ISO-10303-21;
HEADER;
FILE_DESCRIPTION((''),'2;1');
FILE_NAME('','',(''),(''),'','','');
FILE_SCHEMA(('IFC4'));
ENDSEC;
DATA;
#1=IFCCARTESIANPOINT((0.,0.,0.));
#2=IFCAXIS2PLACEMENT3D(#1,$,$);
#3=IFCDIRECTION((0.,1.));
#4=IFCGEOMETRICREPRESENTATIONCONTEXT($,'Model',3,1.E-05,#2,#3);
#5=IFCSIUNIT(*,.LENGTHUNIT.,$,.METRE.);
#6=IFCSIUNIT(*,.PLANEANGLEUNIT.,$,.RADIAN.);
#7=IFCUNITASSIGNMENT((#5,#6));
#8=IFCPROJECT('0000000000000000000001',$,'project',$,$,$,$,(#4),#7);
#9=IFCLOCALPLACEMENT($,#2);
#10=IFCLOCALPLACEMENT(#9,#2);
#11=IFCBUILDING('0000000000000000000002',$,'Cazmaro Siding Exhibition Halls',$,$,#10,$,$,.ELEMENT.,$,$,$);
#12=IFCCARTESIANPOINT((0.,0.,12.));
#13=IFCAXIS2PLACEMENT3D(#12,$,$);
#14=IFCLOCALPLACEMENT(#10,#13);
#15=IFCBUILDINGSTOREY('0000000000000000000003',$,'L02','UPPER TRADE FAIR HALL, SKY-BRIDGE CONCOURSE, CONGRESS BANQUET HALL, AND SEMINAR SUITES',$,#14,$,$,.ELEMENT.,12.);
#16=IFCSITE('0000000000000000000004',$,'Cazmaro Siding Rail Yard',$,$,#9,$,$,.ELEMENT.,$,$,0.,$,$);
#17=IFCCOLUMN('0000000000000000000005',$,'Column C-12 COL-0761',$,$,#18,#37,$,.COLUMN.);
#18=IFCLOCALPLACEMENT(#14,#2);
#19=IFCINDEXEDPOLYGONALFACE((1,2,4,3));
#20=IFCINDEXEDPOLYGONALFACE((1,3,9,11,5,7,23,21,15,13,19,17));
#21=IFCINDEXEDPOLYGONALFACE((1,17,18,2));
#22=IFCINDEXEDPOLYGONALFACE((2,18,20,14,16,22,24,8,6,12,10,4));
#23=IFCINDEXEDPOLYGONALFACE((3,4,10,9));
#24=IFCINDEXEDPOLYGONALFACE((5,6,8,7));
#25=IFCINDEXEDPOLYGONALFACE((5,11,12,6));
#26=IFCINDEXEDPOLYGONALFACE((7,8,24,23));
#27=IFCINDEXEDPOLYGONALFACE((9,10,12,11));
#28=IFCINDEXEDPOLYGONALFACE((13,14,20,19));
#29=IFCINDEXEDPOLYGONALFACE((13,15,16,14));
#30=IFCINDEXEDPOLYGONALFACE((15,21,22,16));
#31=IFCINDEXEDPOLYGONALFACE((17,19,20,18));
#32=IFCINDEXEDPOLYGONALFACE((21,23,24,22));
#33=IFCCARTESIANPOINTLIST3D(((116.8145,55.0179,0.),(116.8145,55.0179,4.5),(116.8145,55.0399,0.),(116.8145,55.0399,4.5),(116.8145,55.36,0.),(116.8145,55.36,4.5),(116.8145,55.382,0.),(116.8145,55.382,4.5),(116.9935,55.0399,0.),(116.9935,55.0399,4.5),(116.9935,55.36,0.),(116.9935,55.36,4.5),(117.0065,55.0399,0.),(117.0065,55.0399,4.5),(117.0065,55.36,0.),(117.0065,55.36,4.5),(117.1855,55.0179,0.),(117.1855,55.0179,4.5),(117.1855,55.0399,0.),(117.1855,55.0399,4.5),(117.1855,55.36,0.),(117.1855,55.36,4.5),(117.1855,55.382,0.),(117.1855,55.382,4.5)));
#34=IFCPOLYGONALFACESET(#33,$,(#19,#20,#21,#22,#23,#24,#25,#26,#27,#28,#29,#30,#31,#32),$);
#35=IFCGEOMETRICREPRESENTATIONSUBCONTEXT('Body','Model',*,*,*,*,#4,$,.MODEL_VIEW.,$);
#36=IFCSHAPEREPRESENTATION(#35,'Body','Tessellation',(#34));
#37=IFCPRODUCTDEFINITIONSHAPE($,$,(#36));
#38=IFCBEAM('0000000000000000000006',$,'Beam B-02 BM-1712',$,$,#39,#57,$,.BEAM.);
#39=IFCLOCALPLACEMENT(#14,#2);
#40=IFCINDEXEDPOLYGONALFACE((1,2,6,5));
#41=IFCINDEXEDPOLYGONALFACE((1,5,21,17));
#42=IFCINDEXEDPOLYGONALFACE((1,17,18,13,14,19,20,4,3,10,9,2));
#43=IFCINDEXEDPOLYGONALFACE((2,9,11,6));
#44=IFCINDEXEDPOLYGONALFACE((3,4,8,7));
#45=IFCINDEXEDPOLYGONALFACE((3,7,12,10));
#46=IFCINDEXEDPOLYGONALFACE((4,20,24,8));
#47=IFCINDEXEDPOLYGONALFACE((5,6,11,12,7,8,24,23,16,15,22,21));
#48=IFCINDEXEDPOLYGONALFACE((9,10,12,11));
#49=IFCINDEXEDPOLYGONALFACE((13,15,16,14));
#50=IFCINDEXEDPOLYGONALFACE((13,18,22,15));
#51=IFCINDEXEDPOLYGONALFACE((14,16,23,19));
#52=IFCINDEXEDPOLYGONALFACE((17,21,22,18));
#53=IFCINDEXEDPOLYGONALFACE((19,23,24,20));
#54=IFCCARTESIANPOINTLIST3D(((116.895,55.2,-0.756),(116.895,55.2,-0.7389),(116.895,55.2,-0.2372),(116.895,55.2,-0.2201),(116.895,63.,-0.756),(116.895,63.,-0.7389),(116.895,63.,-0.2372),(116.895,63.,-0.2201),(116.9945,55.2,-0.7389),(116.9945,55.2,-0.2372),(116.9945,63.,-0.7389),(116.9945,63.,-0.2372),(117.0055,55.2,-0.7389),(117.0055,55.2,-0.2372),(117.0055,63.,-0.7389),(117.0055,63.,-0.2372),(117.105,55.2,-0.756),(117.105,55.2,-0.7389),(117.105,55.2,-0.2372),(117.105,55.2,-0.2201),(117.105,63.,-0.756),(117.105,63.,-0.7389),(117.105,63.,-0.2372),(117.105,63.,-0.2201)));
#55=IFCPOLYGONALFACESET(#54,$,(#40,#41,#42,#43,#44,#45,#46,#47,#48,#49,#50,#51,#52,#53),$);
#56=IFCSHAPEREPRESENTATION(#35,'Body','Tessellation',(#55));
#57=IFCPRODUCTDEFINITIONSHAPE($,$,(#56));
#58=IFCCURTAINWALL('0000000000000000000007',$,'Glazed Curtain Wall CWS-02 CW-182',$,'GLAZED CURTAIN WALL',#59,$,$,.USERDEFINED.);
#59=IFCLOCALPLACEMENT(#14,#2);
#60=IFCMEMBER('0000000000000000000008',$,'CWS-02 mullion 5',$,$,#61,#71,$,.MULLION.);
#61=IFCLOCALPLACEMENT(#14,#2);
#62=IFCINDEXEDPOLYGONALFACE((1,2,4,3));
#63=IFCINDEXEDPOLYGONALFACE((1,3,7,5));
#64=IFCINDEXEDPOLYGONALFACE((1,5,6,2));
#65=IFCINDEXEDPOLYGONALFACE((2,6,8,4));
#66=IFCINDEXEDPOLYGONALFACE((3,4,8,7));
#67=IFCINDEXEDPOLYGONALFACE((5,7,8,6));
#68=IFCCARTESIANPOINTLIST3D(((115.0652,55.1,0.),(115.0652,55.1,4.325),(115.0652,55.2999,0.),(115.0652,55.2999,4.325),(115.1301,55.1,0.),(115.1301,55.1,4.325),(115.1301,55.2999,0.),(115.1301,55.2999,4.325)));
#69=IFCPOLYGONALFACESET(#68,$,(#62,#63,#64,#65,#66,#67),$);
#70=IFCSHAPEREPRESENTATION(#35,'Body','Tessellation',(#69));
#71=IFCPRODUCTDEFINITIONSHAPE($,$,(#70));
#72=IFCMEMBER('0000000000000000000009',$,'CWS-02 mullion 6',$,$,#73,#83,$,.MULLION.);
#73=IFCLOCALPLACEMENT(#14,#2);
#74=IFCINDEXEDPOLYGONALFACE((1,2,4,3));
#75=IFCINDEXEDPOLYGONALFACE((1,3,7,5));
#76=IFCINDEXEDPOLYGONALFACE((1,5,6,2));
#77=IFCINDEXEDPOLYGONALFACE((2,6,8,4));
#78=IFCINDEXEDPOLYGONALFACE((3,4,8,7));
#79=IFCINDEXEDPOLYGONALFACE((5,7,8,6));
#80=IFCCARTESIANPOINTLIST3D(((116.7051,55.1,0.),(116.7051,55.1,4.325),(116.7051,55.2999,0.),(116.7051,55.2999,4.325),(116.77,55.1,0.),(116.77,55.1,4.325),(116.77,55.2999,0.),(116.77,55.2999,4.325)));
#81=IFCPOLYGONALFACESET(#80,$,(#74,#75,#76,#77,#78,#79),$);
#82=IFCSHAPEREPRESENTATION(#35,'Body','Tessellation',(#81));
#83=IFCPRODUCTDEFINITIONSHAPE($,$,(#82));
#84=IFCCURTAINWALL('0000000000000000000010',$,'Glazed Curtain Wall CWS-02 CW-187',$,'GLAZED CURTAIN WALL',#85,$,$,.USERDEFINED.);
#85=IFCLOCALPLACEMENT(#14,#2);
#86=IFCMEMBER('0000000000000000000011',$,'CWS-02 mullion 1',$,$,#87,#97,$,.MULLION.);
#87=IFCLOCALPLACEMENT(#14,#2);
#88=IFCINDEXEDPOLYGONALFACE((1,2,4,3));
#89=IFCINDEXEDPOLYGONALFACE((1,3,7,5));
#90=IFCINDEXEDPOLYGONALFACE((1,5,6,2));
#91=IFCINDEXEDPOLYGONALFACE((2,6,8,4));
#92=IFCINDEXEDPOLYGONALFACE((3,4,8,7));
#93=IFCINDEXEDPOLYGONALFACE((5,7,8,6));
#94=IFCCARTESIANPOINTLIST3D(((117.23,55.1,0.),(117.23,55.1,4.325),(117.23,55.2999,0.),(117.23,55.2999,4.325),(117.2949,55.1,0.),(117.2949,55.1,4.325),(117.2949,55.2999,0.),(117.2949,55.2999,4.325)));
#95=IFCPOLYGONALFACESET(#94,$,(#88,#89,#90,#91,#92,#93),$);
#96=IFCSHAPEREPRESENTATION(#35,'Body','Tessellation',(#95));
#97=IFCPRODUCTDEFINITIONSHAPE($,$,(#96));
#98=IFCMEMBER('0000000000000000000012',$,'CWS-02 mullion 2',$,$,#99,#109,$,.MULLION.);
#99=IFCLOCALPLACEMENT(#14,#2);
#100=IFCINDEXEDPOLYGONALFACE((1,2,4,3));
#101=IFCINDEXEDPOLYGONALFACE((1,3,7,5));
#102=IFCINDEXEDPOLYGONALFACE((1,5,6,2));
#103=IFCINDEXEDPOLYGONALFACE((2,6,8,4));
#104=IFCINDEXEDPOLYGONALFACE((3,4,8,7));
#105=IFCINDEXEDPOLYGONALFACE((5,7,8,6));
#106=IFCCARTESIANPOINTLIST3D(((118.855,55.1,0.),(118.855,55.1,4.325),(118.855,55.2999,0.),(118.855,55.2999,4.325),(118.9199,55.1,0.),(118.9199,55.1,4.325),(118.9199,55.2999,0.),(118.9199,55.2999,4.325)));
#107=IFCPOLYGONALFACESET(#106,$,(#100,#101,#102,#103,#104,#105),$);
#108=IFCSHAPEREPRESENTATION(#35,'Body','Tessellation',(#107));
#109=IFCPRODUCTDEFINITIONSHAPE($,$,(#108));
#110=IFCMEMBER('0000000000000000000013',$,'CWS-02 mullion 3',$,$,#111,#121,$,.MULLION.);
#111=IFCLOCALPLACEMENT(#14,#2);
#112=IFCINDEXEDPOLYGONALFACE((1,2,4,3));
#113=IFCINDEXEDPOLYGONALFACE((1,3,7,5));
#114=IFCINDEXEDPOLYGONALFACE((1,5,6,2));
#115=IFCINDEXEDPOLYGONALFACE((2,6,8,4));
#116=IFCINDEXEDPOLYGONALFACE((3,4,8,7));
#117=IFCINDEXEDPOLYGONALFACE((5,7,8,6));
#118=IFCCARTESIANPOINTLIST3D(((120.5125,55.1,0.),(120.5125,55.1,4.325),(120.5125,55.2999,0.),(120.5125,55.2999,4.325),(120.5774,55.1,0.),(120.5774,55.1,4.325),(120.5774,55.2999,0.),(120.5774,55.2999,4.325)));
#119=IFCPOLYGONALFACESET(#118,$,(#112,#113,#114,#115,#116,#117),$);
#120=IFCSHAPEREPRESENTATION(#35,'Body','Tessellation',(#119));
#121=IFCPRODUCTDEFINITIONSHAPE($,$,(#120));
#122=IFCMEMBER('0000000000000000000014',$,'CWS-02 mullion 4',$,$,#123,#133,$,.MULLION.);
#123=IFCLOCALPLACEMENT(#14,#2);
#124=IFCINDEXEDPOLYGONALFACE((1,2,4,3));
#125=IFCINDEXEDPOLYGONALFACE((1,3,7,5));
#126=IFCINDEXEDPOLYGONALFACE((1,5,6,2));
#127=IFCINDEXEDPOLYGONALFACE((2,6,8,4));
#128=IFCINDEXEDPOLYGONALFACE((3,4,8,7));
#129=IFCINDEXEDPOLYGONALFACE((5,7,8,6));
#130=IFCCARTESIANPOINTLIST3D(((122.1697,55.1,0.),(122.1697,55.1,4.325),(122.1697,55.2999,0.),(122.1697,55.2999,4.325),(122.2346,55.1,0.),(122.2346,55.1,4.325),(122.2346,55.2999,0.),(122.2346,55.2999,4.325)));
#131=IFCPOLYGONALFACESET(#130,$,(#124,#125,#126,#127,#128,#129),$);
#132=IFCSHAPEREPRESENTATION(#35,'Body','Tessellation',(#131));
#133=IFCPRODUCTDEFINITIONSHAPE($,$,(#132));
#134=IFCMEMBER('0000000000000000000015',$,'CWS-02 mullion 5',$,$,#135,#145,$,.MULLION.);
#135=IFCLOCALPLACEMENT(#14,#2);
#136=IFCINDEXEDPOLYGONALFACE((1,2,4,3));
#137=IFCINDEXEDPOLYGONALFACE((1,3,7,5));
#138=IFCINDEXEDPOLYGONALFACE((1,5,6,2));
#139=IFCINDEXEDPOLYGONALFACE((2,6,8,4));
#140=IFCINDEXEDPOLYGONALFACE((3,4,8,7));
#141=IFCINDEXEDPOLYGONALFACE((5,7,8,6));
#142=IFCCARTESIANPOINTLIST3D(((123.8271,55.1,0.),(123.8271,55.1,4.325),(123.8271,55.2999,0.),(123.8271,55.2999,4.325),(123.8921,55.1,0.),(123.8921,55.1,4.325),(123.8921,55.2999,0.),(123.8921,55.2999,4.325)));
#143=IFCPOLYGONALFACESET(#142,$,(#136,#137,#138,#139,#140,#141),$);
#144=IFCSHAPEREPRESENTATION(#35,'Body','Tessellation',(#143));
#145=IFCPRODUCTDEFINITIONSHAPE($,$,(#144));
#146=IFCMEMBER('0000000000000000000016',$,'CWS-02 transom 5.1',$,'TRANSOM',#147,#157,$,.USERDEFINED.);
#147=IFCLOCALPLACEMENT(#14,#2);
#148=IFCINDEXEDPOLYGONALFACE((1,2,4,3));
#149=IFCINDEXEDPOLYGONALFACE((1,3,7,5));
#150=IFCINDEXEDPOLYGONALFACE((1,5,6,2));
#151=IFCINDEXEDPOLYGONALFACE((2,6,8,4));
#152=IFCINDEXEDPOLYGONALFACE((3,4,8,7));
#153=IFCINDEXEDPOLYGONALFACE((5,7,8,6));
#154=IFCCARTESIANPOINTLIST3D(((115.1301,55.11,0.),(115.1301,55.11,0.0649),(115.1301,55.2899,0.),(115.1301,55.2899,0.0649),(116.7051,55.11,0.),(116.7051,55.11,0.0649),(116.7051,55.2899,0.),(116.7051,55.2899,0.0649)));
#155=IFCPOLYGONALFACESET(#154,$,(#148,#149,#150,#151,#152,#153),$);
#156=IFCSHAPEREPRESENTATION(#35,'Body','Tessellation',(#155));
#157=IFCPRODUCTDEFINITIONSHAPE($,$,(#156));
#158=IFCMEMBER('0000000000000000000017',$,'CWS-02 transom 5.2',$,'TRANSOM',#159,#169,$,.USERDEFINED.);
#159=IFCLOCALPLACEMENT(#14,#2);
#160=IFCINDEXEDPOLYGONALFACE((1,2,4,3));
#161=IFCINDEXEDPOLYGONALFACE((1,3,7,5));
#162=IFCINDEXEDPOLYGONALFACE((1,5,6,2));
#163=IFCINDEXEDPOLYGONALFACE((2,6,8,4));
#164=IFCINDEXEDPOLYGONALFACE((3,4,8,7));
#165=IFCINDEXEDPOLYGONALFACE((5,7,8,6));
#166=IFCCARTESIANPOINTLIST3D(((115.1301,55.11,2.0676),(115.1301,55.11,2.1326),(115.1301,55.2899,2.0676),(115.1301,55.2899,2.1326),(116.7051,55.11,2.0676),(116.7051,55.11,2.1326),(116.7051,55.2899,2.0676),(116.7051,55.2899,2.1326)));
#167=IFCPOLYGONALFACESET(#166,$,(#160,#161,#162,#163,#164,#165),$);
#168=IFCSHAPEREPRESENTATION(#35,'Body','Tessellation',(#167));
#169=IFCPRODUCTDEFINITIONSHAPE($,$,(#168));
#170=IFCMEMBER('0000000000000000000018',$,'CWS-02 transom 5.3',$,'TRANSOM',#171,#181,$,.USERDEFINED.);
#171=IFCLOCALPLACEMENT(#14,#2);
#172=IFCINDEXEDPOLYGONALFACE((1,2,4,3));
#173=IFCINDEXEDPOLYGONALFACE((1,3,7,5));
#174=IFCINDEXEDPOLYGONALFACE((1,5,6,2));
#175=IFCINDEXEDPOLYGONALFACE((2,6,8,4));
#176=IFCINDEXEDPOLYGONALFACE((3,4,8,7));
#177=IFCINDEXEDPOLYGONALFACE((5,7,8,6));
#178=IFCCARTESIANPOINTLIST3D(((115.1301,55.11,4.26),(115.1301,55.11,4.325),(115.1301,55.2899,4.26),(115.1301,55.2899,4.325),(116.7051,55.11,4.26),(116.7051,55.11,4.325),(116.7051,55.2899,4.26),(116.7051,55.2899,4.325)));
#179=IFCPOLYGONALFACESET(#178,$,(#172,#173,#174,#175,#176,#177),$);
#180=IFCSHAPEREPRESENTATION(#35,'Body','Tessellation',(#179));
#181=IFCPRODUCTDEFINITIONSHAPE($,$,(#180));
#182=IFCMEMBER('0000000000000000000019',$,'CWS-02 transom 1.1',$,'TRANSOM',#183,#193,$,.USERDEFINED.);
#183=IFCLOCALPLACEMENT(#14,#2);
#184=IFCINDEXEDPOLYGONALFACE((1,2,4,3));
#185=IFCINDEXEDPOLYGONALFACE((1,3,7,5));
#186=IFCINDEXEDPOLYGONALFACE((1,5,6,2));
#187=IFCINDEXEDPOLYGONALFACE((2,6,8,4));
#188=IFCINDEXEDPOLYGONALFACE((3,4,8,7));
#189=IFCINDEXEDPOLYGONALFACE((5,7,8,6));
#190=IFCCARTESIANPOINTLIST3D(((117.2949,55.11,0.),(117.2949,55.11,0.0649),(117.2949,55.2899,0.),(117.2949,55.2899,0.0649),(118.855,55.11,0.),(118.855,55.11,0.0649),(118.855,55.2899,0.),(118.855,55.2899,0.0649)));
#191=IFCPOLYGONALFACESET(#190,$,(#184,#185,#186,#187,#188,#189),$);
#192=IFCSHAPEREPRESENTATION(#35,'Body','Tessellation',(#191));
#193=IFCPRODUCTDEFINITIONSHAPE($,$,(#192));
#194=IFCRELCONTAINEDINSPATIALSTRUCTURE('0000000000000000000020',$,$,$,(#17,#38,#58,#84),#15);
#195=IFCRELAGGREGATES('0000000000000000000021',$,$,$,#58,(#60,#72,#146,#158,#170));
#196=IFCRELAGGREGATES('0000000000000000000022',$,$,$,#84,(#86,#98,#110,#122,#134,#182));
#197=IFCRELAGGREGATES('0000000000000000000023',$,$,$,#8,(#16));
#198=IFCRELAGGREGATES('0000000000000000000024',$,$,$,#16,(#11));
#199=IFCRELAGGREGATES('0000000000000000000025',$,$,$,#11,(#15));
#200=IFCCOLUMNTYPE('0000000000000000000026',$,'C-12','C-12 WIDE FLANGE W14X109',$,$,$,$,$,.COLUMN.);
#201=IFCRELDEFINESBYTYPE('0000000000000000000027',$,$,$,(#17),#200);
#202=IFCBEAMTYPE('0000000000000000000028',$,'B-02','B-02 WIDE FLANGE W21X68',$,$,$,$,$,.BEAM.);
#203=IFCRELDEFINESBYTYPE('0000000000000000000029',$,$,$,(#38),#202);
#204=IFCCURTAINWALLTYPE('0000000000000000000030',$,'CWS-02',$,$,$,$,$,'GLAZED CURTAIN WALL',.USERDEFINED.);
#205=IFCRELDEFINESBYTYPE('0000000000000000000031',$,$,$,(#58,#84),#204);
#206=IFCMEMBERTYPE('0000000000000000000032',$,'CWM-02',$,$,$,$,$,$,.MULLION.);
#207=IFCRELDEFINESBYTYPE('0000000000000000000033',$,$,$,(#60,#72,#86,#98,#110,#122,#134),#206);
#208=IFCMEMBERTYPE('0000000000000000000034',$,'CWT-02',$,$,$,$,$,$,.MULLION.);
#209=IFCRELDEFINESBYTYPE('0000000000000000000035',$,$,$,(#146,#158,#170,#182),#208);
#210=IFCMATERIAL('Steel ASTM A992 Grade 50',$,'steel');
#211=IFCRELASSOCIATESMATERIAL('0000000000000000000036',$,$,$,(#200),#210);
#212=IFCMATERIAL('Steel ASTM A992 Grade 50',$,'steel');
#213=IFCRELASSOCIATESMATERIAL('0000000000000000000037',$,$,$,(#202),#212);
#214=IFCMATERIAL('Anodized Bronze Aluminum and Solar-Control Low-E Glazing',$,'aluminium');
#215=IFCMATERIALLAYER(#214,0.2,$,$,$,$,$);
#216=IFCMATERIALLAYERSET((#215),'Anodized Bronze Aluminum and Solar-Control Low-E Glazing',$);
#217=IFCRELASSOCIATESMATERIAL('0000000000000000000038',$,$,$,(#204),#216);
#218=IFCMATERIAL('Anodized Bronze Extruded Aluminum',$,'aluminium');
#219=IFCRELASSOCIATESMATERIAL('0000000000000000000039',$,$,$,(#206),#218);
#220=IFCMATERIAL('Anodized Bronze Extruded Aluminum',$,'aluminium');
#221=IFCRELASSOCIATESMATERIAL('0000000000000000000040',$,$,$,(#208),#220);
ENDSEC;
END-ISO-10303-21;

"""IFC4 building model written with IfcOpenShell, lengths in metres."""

from ifc_helpers import new_model, si_unit, direction, frame, origin, origin_2d, place, context, subcontext, project, spatial, rectangle, i_section, extrude, material, layer, layer_set, material_profile, profile_set, type_object, element, aggregate, save


model = new_model("IFC4")

# Units and contexts
model_context = context("Model", 3, precision=1e-05, world=origin(), true_north=direction((0.0, 1.0)))
body_context = subcontext(model_context, "Body", "Model", "MODEL_VIEW")
ifc_project = project(units=[si_unit("LENGTHUNIT", "METRE"), si_unit("PLANEANGLEUNIT", "RADIAN")], contexts=[model_context])

# Site, building, storey
site_placement = place(None, origin())
site = spatial("IfcSite", under=ifc_project, at=site_placement, Name="Cazmaro Siding Rail Yard", CompositionType="ELEMENT", RefElevation=0.0)
building_placement = place(site_placement, origin())
building = spatial("IfcBuilding", under=site, at=building_placement, Name="Cazmaro Siding Exhibition Halls", CompositionType="ELEMENT")
storey_placement = place(building_placement, frame((0.0, 0.0, 12.0)))
storey = spatial("IfcBuildingStorey", under=building, at=storey_placement, Name="L02", Description="UPPER TRADE FAIR HALL, SKY-BRIDGE CONCOURSE, CONGRESS BANQUET HALL, AND SEMINAR SUITES", CompositionType="ELEMENT", Elevation=12.0)

# Column
ifc_material_1 = material(Name="Steel ASTM A992 Grade 50", Category="steel")
ifc_material_profile_1 = material_profile(ifc_material_1, i_section(OverallWidth=0.3711, OverallDepth=0.364, WebThickness=0.0129, FlangeThickness=0.022, at=origin_2d()), Name="W14X109")
ifc_profile_set_1 = profile_set([ifc_material_profile_1], Name="Steel ASTM A992 Grade 50")
column_type = type_object("IfcColumnType", Name="C-12", Description="C-12 WIDE FLANGE W14X109", PredefinedType="COLUMN", material=ifc_profile_set_1)
column_placement = place(storey_placement, frame((117.0, 55.2, 0.0), z_axis=(0.0, 0.0, 1.0), x_axis=(1.0, 0.0, 0.0)))
element("IfcColumn", 1, at=column_placement, inside=storey, type_object=column_type, Name="Column C-12 COL-0761", PredefinedType="COLUMN", context=body_context, shape_type="SweptSolid", body=[
    extrude(i_section(OverallWidth=0.3711, OverallDepth=0.364, WebThickness=0.0129, FlangeThickness=0.022, at=origin_2d()), origin(), (0.0, 0.0, 1.0), 4.5),
])

# Beam
ifc_material_2 = material(Name="Steel ASTM A992 Grade 50", Category="steel")
ifc_material_profile_2 = material_profile(ifc_material_2, i_section(OverallWidth=0.21, OverallDepth=0.5359, WebThickness=0.011, FlangeThickness=0.0171, at=origin_2d()), Name="W21X68")
ifc_profile_set_2 = profile_set([ifc_material_profile_2], Name="Steel ASTM A992 Grade 50")
beam_type_1 = type_object("IfcBeamType", Name="B-02", Description="B-02 WIDE FLANGE W21X68", PredefinedType="BEAM", material=ifc_profile_set_2)
beam_1_placement = place(storey_placement, frame((117.0, 55.2, -0.488), z_axis=(0.0, 1.0, 0.0), x_axis=(-1.0, 0.0, 0.0)))
element("IfcBeam", 2, at=beam_1_placement, inside=storey, type_object=beam_type_1, Name="Beam B-02 BM-1712", PredefinedType="BEAM", context=body_context, shape_type="SweptSolid", body=[
    extrude(i_section(OverallWidth=0.21, OverallDepth=0.5359, WebThickness=0.011, FlangeThickness=0.0171, at=origin_2d()), origin(), (0.0, 0.0, 1.0), 7.8),
])

# Curtain walls, members
ifc_material_3 = material(Name="Anodized Bronze Aluminum and Solar-Control Low-E Glazing", Category="aluminium")
ifc_layer_1 = layer(ifc_material_3, 0.2)
ifc_layer_set_1 = layer_set([ifc_layer_1], Name="Anodized Bronze Aluminum and Solar-Control Low-E Glazing")
curtain_wall_type = type_object("IfcCurtainWallType", Name="CWS-02", ElementType="GLAZED CURTAIN WALL", PredefinedType="USERDEFINED", material=ifc_layer_set_1)
curtain_wall_1_placement = place(storey_placement, origin())
curtain_wall_1 = element("IfcCurtainWall", 3, at=curtain_wall_1_placement, inside=storey, type_object=curtain_wall_type, Name="Glazed Curtain Wall CWS-02 CW-182", ObjectType="GLAZED CURTAIN WALL", PredefinedType="USERDEFINED")
ifc_material_4 = material(Name="Anodized Bronze Extruded Aluminum", Category="aluminium")
ifc_material_profile_3 = material_profile(ifc_material_4, rectangle(XDim=0.2, YDim=0.0649, at=origin_2d()), Name="CWM-02")
ifc_profile_set_3 = profile_set([ifc_material_profile_3], Name="Anodized Bronze Extruded Aluminum")
member_type_1 = type_object("IfcMemberType", Name="CWM-02", PredefinedType="MULLION", material=ifc_profile_set_3)
member_1_placement = place(storey_placement, frame((115.0977, 55.2, 0.0), z_axis=(0.0, 0.0, 1.0), x_axis=(0.0, 1.0, 0.0)))
member_1 = element("IfcMember", 4, at=member_1_placement, type_object=member_type_1, Name="CWS-02 mullion 5", PredefinedType="MULLION", context=body_context, shape_type="SweptSolid", body=[
    extrude(rectangle(XDim=0.2, YDim=0.0649, at=origin_2d()), origin(), (0.0, 0.0, 1.0), 4.325),
])
member_2_placement = place(storey_placement, frame((116.7375, 55.2, 0.0), z_axis=(0.0, 0.0, 1.0), x_axis=(0.0, 1.0, 0.0)))
member_2 = element("IfcMember", 5, at=member_2_placement, type_object=member_type_1, Name="CWS-02 mullion 6", PredefinedType="MULLION", context=body_context, shape_type="SweptSolid", body=[
    extrude(rectangle(XDim=0.2, YDim=0.0649, at=origin_2d()), origin(), (0.0, 0.0, 1.0), 4.325),
])
curtain_wall_2_placement = place(storey_placement, origin())
curtain_wall_2 = element("IfcCurtainWall", 6, at=curtain_wall_2_placement, inside=storey, type_object=curtain_wall_type, Name="Glazed Curtain Wall CWS-02 CW-187", ObjectType="GLAZED CURTAIN WALL", PredefinedType="USERDEFINED")
member_3_placement = place(storey_placement, frame((117.2625, 55.2, 0.0), z_axis=(0.0, 0.0, 1.0), x_axis=(0.0, 1.0, 0.0)))
member_3 = element("IfcMember", 7, at=member_3_placement, type_object=member_type_1, Name="CWS-02 mullion 1", PredefinedType="MULLION", context=body_context, shape_type="SweptSolid", body=[
    extrude(rectangle(XDim=0.2, YDim=0.0649, at=origin_2d()), origin(), (0.0, 0.0, 1.0), 4.325),
])
member_4_placement = place(storey_placement, frame((118.8875, 55.2, 0.0), z_axis=(0.0, 0.0, 1.0), x_axis=(0.0, 1.0, 0.0)))
member_4 = element("IfcMember", 8, at=member_4_placement, type_object=member_type_1, Name="CWS-02 mullion 2", PredefinedType="MULLION", context=body_context, shape_type="SweptSolid", body=[
    extrude(rectangle(XDim=0.2, YDim=0.0649, at=origin_2d()), origin(), (0.0, 0.0, 1.0), 4.325),
])
member_5_placement = place(storey_placement, frame((120.5449, 55.2, 0.0), z_axis=(0.0, 0.0, 1.0), x_axis=(0.0, 1.0, 0.0)))
member_5 = element("IfcMember", 9, at=member_5_placement, type_object=member_type_1, Name="CWS-02 mullion 3", PredefinedType="MULLION", context=body_context, shape_type="SweptSolid", body=[
    extrude(rectangle(XDim=0.2, YDim=0.0649, at=origin_2d()), origin(), (0.0, 0.0, 1.0), 4.325),
])
member_6_placement = place(storey_placement, frame((122.2021, 55.2, 0.0), z_axis=(0.0, 0.0, 1.0), x_axis=(0.0, 1.0, 0.0)))
member_6 = element("IfcMember", 10, at=member_6_placement, type_object=member_type_1, Name="CWS-02 mullion 4", PredefinedType="MULLION", context=body_context, shape_type="SweptSolid", body=[
    extrude(rectangle(XDim=0.2, YDim=0.0649, at=origin_2d()), origin(), (0.0, 0.0, 1.0), 4.325),
])
member_7_placement = place(storey_placement, frame((123.8596, 55.2, 0.0), z_axis=(0.0, 0.0, 1.0), x_axis=(0.0, 1.0, 0.0)))
member_7 = element("IfcMember", 11, at=member_7_placement, type_object=member_type_1, Name="CWS-02 mullion 5", PredefinedType="MULLION", context=body_context, shape_type="SweptSolid", body=[
    extrude(rectangle(XDim=0.2, YDim=0.0649, at=origin_2d()), origin(), (0.0, 0.0, 1.0), 4.325),
])

# Members
ifc_material_5 = material(Name="Anodized Bronze Extruded Aluminum", Category="aluminium")
ifc_material_profile_4 = material_profile(ifc_material_5, rectangle(XDim=0.1799, YDim=0.0649, at=origin_2d()), Name="CWT-02")
ifc_profile_set_4 = profile_set([ifc_material_profile_4], Name="Anodized Bronze Extruded Aluminum")
member_type_2 = type_object("IfcMemberType", Name="CWT-02", PredefinedType="MULLION", material=ifc_profile_set_4)
member_8_placement = place(storey_placement, frame((115.1301, 55.2, 0.0325), z_axis=(1.0, 0.0, 0.0), x_axis=(0.0, 1.0, 0.0)))
member_8 = element("IfcMember", 12, at=member_8_placement, type_object=member_type_2, Name="CWS-02 transom 5.1", ObjectType="TRANSOM", PredefinedType="USERDEFINED", context=body_context, shape_type="SweptSolid", body=[
    extrude(rectangle(XDim=0.1799, YDim=0.0649, at=origin_2d()), origin(), (0.0, 0.0, 1.0), 1.575),
])
member_9_placement = place(storey_placement, frame((115.1301, 55.2, 2.1001), z_axis=(1.0, 0.0, 0.0), x_axis=(0.0, 1.0, 0.0)))
member_9 = element("IfcMember", 13, at=member_9_placement, type_object=member_type_2, Name="CWS-02 transom 5.2", ObjectType="TRANSOM", PredefinedType="USERDEFINED", context=body_context, shape_type="SweptSolid", body=[
    extrude(rectangle(XDim=0.1799, YDim=0.0649, at=origin_2d()), origin(), (0.0, 0.0, 1.0), 1.575),
])
member_10_placement = place(storey_placement, frame((115.1301, 55.2, 4.2925), z_axis=(1.0, 0.0, 0.0), x_axis=(0.0, 1.0, 0.0)))
member_10 = element("IfcMember", 14, at=member_10_placement, type_object=member_type_2, Name="CWS-02 transom 5.3", ObjectType="TRANSOM", PredefinedType="USERDEFINED", context=body_context, shape_type="SweptSolid", body=[
    extrude(rectangle(XDim=0.1799, YDim=0.0649, at=origin_2d()), origin(), (0.0, 0.0, 1.0), 1.575),
])
member_11_placement = place(storey_placement, frame((117.2949, 55.2, 0.0325), z_axis=(1.0, 0.0, 0.0), x_axis=(0.0, 1.0, 0.0)))
member_11 = element("IfcMember", 15, at=member_11_placement, type_object=member_type_2, Name="CWS-02 transom 1.1", ObjectType="TRANSOM", PredefinedType="USERDEFINED", context=body_context, shape_type="SweptSolid", body=[
    extrude(rectangle(XDim=0.1799, YDim=0.0649, at=origin_2d()), origin(), (0.0, 0.0, 1.0), 1.5601),
])

aggregate(curtain_wall_1, [member_1, member_2, member_8, member_9, member_10])
aggregate(curtain_wall_2, [member_3, member_4, member_5, member_6, member_7, member_11])

save(model, "model.ifc")
